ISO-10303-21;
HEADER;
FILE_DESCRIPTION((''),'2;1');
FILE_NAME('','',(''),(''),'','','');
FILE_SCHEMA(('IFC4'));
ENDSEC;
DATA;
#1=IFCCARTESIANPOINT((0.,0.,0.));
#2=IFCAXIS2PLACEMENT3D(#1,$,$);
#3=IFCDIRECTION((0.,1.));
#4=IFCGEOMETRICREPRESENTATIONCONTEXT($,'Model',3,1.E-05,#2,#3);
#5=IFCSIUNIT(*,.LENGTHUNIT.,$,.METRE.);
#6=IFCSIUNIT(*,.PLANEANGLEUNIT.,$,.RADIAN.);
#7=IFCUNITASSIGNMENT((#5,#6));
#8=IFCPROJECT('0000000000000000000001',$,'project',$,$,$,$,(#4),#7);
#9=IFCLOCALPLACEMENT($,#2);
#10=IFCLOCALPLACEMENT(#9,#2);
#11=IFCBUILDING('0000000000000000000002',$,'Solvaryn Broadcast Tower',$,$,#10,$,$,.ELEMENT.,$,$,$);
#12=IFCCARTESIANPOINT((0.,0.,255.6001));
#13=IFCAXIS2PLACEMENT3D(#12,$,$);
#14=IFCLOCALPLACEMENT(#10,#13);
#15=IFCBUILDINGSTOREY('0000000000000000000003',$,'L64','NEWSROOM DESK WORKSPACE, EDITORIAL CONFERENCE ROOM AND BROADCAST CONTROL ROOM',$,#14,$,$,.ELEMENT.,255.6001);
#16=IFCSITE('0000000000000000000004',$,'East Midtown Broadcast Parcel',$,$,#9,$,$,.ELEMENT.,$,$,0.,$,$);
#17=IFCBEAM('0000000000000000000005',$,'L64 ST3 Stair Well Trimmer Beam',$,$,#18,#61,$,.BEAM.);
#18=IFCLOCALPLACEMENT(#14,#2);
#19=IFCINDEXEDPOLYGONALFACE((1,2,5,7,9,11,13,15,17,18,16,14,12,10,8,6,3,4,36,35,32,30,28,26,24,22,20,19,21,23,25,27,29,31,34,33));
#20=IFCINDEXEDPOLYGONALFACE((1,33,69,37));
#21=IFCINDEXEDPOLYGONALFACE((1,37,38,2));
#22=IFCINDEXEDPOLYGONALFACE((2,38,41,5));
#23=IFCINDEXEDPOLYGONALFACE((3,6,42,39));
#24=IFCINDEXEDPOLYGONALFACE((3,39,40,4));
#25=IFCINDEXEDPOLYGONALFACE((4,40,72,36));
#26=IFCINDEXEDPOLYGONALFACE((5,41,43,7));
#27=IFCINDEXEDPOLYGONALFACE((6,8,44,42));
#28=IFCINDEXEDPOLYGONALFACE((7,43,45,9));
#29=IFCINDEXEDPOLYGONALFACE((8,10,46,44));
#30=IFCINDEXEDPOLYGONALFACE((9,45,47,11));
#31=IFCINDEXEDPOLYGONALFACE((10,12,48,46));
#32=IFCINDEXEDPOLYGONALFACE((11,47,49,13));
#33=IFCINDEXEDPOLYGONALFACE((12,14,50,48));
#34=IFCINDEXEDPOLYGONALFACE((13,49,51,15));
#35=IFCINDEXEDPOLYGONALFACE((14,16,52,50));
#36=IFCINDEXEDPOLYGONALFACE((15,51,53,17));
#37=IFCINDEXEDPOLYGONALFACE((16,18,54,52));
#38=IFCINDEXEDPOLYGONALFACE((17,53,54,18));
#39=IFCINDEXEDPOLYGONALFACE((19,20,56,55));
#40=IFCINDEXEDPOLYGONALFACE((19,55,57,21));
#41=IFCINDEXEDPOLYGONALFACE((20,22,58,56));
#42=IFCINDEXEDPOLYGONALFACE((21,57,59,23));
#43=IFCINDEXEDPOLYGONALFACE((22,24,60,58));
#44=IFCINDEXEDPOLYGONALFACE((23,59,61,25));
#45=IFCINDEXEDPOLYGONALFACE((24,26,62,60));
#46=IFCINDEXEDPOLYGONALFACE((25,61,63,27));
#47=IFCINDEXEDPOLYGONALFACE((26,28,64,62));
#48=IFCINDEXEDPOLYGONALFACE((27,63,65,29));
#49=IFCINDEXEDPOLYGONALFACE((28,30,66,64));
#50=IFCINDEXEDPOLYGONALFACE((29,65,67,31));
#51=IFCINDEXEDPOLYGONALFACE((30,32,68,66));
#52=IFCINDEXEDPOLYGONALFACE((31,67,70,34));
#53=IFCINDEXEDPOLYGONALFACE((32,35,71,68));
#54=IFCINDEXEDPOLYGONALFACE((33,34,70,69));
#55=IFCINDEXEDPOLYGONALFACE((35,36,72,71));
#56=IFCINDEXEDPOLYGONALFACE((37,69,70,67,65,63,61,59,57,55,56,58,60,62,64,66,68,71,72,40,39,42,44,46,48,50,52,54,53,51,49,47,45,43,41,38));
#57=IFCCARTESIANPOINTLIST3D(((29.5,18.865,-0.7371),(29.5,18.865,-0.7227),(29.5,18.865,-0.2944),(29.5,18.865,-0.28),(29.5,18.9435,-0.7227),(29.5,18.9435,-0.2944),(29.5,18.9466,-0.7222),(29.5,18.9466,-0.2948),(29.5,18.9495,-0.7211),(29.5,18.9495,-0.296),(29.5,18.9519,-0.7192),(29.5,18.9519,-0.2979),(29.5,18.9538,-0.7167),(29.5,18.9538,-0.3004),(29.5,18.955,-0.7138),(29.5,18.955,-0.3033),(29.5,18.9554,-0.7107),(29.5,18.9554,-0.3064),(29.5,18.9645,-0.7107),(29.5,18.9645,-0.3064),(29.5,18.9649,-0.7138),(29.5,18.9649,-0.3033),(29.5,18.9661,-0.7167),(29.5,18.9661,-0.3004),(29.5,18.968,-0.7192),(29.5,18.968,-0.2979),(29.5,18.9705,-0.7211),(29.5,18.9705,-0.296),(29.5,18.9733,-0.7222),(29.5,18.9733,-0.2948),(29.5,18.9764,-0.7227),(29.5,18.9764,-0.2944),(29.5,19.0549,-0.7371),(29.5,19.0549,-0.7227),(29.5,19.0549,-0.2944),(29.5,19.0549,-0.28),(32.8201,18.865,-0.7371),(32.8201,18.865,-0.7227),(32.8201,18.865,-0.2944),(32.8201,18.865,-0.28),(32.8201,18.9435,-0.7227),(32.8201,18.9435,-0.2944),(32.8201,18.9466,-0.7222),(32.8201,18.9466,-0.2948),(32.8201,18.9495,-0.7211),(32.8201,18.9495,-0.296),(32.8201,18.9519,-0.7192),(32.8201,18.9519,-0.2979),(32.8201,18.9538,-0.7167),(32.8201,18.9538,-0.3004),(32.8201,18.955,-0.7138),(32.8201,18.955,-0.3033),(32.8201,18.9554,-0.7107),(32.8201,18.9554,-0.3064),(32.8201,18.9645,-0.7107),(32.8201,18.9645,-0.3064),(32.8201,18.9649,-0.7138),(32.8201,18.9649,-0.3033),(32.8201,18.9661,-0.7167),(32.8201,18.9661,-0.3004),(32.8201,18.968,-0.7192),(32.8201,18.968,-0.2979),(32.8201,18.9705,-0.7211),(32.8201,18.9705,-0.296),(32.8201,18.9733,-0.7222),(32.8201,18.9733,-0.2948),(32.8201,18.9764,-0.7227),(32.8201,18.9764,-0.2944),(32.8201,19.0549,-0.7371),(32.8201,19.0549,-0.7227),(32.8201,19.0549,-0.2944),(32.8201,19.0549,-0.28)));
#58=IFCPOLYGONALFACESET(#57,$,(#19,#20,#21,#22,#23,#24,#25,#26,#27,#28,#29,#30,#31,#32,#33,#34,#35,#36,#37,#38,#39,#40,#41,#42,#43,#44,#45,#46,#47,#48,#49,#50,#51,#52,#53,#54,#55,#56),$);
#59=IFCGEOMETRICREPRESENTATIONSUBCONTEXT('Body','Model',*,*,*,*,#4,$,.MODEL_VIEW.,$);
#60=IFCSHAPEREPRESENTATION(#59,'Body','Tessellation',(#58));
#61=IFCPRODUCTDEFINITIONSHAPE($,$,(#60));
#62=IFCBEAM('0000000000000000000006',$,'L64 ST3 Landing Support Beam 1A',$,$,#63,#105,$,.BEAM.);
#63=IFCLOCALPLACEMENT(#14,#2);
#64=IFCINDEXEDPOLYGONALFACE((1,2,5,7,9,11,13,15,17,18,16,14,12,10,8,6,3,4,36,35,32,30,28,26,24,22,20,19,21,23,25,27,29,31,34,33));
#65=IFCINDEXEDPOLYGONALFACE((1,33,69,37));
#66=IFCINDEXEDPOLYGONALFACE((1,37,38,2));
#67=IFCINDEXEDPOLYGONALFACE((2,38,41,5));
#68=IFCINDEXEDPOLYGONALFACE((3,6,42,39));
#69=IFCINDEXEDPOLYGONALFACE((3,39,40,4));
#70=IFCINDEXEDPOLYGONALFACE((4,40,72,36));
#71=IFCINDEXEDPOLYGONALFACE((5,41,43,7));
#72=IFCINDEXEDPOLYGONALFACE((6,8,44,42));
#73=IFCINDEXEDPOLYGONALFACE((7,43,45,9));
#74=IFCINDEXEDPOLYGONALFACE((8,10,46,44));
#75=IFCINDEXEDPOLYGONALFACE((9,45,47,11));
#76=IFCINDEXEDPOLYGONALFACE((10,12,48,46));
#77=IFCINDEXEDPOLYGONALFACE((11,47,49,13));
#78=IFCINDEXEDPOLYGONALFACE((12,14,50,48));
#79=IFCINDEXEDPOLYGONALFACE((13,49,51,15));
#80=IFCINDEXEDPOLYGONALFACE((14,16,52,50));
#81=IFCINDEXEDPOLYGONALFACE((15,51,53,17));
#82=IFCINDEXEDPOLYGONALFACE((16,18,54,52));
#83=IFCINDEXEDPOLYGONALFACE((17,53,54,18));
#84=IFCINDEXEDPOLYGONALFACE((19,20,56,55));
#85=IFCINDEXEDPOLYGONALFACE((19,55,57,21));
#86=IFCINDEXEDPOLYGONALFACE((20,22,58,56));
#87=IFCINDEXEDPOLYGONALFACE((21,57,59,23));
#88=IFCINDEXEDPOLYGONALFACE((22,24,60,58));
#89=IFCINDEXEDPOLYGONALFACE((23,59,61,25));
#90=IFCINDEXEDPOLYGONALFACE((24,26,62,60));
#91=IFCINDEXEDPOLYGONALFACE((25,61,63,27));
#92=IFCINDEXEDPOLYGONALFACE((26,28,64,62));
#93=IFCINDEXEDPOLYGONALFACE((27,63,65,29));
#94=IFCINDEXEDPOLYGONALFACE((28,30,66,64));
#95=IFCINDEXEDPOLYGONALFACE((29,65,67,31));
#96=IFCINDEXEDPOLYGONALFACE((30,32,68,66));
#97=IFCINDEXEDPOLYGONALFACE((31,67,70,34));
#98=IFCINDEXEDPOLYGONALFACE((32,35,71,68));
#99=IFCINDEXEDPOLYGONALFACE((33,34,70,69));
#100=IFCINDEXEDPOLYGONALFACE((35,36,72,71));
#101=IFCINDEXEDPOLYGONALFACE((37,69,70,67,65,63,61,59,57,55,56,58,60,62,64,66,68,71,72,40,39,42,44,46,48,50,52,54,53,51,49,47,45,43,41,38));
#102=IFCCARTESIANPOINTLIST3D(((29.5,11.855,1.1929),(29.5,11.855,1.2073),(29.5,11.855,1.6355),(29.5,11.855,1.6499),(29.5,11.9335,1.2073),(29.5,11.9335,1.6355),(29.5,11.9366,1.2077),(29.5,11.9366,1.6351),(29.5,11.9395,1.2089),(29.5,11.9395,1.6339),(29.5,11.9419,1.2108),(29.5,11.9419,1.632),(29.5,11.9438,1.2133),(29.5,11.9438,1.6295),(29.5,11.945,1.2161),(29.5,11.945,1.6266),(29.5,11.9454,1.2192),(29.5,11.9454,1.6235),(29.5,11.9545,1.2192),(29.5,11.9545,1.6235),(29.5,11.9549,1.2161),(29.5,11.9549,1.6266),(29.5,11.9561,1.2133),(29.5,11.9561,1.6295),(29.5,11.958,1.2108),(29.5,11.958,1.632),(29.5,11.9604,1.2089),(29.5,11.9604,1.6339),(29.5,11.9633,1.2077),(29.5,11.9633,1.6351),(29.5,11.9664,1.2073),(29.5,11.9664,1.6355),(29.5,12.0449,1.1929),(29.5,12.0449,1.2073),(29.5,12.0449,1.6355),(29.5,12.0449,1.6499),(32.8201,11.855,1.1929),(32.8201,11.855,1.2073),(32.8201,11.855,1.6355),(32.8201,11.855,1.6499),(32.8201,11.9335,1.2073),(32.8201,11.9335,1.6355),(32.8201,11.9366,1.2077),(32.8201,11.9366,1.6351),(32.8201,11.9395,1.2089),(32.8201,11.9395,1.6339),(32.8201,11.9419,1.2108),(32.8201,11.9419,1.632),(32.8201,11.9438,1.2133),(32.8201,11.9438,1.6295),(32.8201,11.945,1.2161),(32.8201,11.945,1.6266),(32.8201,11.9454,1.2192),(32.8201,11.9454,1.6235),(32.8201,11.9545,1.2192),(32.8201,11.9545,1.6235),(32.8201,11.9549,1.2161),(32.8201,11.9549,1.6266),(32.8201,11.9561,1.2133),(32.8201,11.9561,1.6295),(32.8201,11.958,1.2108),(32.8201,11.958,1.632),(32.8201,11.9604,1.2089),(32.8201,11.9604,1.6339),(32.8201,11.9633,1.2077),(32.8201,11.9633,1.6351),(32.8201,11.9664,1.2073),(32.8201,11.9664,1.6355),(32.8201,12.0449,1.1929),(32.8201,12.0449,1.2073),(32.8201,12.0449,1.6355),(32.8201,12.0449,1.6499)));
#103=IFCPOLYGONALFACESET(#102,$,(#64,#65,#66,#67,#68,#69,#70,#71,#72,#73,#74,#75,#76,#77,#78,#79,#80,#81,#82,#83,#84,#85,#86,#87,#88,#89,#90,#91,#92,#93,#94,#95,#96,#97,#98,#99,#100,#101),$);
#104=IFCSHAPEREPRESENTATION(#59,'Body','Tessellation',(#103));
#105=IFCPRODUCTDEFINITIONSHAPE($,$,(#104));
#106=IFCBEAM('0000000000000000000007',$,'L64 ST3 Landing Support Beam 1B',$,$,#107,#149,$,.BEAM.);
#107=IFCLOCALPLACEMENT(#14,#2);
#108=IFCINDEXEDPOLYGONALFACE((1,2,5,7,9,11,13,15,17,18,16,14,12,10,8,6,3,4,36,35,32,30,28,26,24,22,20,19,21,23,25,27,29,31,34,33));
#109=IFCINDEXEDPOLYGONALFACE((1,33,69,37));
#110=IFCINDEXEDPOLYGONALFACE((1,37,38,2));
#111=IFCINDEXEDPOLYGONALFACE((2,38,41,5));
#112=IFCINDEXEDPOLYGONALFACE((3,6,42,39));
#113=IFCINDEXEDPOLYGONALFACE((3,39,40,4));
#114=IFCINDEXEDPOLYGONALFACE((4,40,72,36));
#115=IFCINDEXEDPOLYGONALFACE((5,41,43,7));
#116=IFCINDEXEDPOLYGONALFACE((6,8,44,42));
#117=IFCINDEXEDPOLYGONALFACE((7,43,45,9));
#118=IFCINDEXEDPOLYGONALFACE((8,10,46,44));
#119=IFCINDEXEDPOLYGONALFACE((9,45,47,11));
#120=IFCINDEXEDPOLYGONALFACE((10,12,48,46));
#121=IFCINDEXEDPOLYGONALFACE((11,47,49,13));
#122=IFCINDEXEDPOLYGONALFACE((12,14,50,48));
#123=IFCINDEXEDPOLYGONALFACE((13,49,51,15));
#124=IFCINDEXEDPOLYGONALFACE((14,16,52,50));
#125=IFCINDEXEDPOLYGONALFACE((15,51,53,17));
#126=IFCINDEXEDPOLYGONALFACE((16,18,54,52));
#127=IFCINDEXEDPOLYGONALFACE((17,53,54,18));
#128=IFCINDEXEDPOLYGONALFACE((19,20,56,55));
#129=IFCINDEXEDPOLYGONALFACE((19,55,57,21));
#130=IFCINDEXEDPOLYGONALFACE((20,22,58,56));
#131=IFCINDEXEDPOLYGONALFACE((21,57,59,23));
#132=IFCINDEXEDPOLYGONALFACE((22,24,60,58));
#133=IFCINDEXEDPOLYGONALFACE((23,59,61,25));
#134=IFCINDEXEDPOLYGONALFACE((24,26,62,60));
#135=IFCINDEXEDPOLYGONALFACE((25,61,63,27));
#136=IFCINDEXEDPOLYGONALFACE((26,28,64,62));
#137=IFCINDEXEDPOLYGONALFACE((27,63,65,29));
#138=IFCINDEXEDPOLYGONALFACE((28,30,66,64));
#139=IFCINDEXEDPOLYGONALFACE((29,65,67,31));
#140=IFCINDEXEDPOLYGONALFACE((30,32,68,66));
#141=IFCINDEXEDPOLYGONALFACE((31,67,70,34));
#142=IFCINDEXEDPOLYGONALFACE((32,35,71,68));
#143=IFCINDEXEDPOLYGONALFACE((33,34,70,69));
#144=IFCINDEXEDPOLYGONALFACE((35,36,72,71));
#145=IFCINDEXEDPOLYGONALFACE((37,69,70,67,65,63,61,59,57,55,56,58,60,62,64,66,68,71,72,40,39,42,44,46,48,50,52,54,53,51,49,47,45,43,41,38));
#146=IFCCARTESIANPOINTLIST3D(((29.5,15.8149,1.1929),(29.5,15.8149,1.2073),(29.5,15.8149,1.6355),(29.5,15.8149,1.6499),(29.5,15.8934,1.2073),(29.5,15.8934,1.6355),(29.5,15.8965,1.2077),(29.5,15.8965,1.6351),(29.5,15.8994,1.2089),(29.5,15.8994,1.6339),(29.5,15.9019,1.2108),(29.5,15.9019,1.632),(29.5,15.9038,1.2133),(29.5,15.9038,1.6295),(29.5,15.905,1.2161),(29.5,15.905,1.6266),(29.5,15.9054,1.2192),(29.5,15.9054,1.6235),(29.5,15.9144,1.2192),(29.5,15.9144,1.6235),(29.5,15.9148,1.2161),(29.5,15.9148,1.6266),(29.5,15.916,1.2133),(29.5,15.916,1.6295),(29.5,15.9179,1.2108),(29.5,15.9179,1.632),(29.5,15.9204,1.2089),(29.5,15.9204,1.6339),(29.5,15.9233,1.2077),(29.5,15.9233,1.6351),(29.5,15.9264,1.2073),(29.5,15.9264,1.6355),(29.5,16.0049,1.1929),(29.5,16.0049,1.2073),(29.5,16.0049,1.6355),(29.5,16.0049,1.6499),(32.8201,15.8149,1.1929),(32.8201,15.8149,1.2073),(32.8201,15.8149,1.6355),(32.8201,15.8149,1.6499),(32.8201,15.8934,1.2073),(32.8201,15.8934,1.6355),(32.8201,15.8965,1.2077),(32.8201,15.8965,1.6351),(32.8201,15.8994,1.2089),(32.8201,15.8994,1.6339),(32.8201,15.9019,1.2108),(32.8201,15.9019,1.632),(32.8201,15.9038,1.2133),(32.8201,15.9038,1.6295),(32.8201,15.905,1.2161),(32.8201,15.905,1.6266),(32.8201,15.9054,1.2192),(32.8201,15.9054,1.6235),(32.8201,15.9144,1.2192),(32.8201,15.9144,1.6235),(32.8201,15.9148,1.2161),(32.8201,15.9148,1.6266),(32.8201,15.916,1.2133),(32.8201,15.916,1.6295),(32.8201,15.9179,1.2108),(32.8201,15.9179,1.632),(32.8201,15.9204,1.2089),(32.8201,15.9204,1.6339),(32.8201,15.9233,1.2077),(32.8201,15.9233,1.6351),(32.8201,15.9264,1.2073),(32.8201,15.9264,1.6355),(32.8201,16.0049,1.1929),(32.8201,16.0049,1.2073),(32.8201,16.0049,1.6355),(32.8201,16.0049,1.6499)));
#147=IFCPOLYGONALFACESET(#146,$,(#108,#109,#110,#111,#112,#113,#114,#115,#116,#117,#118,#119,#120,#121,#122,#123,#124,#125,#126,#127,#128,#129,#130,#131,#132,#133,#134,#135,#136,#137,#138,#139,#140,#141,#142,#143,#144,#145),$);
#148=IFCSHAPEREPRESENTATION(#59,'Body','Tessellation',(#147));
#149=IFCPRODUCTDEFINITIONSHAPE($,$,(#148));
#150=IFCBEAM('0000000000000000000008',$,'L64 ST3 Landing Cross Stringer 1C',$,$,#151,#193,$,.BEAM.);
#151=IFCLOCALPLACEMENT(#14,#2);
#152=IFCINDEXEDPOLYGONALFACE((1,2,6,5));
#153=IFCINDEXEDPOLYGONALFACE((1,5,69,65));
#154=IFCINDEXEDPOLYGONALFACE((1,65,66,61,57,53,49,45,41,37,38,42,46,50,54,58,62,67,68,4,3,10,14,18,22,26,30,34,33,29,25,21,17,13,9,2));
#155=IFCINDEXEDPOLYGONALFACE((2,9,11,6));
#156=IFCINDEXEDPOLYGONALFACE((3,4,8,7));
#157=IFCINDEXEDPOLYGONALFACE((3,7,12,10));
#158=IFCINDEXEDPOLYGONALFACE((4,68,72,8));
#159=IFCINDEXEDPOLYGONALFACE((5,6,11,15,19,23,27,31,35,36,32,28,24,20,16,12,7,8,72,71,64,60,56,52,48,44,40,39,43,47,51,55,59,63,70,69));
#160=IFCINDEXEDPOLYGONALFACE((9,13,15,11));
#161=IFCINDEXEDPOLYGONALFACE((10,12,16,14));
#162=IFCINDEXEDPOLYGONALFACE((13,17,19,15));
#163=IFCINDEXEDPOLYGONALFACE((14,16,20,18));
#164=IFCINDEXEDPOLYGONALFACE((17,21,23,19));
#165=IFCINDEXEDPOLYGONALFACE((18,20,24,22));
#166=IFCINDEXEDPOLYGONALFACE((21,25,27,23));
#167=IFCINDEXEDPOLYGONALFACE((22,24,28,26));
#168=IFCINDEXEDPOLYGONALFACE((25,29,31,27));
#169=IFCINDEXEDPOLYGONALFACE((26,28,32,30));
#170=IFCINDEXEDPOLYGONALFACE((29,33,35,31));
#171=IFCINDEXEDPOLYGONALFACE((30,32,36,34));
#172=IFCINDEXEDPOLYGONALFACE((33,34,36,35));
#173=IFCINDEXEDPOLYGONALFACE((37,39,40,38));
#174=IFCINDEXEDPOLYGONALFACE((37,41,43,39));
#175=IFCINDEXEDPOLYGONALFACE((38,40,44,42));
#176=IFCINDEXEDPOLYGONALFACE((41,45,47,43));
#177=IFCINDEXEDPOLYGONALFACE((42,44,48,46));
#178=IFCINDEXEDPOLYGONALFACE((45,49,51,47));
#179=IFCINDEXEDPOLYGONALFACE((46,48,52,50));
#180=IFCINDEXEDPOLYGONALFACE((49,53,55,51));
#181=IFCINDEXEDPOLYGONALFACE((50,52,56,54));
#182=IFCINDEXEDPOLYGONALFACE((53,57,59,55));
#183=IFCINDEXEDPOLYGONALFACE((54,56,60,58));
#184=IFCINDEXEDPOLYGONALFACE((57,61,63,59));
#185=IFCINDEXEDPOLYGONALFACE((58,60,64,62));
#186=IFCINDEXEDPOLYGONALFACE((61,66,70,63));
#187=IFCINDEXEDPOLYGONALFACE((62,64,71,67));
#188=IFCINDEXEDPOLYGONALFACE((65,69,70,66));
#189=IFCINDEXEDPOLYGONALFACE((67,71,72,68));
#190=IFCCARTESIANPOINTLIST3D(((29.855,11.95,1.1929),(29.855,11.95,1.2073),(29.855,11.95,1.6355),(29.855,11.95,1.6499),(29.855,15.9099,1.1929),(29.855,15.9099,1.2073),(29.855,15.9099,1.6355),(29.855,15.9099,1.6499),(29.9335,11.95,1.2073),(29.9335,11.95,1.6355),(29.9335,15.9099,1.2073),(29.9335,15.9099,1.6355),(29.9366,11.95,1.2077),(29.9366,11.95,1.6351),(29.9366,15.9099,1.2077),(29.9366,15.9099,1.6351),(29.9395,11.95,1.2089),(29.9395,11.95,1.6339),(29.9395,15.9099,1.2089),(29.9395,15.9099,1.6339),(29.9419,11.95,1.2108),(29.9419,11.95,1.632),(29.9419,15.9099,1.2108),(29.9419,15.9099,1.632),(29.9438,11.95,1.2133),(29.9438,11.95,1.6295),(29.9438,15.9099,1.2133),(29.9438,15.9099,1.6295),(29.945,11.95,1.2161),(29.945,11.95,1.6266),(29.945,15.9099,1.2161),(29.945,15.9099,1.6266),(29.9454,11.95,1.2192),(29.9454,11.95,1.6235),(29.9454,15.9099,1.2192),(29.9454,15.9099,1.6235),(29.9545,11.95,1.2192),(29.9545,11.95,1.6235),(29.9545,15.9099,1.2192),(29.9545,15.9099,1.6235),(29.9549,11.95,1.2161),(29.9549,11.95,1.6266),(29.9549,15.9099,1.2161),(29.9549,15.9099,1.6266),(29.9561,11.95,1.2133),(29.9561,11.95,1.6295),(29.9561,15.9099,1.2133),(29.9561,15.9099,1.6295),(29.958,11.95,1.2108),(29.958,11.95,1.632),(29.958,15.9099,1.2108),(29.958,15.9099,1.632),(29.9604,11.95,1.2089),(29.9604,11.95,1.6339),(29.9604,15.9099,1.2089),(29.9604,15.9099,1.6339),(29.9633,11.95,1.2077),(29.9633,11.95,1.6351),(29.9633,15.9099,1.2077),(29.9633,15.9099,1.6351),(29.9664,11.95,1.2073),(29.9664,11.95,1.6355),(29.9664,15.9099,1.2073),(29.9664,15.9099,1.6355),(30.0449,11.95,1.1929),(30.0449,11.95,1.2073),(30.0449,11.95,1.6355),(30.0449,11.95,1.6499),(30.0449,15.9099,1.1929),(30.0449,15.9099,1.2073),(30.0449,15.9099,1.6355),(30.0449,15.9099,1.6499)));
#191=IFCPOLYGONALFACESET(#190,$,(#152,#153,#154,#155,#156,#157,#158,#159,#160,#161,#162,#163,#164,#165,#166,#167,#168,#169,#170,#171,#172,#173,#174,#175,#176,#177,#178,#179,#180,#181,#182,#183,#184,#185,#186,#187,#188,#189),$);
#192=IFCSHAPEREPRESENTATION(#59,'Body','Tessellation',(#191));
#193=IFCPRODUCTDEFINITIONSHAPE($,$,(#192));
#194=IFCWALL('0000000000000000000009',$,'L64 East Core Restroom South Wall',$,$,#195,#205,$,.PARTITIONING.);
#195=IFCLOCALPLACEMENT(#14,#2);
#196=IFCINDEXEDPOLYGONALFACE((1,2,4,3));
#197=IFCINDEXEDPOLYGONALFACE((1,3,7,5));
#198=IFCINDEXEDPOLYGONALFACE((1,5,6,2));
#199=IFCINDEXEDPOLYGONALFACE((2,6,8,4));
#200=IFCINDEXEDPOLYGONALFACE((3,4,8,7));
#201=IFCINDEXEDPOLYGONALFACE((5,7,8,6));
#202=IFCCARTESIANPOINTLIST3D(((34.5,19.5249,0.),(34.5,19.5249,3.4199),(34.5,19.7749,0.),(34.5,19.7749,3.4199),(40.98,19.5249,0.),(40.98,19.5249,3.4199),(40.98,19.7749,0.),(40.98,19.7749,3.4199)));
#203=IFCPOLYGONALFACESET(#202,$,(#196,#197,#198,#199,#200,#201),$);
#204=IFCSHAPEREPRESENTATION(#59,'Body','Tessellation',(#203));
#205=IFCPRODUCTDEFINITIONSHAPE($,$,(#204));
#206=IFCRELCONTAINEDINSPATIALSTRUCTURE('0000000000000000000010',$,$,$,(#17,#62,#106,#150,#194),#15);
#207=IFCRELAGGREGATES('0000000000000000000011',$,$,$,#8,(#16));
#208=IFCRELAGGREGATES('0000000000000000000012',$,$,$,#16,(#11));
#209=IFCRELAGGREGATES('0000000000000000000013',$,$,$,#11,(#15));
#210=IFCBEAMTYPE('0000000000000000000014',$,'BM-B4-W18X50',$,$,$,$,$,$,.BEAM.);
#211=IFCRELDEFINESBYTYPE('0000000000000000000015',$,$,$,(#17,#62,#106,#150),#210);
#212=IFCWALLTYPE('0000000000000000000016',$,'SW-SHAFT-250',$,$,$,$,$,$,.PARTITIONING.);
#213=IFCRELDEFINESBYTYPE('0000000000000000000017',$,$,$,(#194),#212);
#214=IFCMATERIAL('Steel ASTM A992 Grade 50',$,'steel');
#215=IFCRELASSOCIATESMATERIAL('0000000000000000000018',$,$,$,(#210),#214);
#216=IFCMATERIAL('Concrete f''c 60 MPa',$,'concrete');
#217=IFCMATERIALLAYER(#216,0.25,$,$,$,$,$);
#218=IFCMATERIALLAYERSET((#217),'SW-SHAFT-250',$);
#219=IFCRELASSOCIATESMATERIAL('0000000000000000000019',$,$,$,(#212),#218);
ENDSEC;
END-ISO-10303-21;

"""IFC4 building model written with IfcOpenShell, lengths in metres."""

from ifc_helpers import new_model, si_unit, direction, frame, frame_2d, origin, origin_2d, place, context, subcontext, project, spatial, rectangle, i_section, extrude, material, layer, layer_set, material_profile, profile_set, type_object, element, save


model = new_model("IFC4")

# Units and contexts
model_context = context("Model", 3, precision=1e-05, world=origin(), true_north=direction((0.0, 1.0)))
body_context = subcontext(model_context, "Body", "Model", "MODEL_VIEW")
ifc_project = project(units=[si_unit("LENGTHUNIT", "METRE"), si_unit("PLANEANGLEUNIT", "RADIAN")], contexts=[model_context])

# Site, building, storey
site_placement = place(None, origin())
site = spatial("IfcSite", under=ifc_project, at=site_placement, Name="East Midtown Broadcast Parcel", CompositionType="ELEMENT", RefElevation=0.0)
building_placement = place(site_placement, origin())
building = spatial("IfcBuilding", under=site, at=building_placement, Name="Solvaryn Broadcast Tower", CompositionType="ELEMENT")
storey_placement = place(building_placement, frame((0.0, 0.0, 255.6001)))
storey = spatial("IfcBuildingStorey", under=building, at=storey_placement, Name="L64", Description="NEWSROOM DESK WORKSPACE, EDITORIAL CONFERENCE ROOM AND BROADCAST CONTROL ROOM", CompositionType="ELEMENT", Elevation=255.6001)

# Beams
ifc_material_1 = material(Name="Steel ASTM A992 Grade 50", Category="steel")
ifc_material_profile_1 = material_profile(ifc_material_1, i_section(OverallWidth=0.1899, OverallDepth=0.457, WebThickness=0.009, FlangeThickness=0.0144, FilletRadius=0.012, at=origin_2d()))
ifc_profile_set_1 = profile_set([ifc_material_profile_1], Name="Steel ASTM A992 Grade 50")
beam_type_1 = type_object("IfcBeamType", Name="BM-B4-W18X50", PredefinedType="BEAM", material=ifc_profile_set_1)
for number, where, z_axis, x_axis, name in (
    (1, (29.5, 18.96, -0.5085), (1.0, 0.0, 0.0), (0.0, 1.0, 0.0), "L64 ST3 Stair Well Trimmer Beam"),
    (2, (29.5, 11.95, 1.4214), (1.0, 0.0, 0.0), (0.0, 1.0, 0.0), "L64 ST3 Landing Support Beam 1A"),
    (3, (29.5, 15.9099, 1.4214), (1.0, 0.0, 0.0), (0.0, 1.0, 0.0), "L64 ST3 Landing Support Beam 1B"),
):
    element("IfcBeam", number, at=place(storey_placement, frame(where, z_axis=z_axis, x_axis=x_axis)), inside=storey, type_object=beam_type_1, Name=name, PredefinedType="BEAM", context=body_context, shape_type="SweptSolid", body=[
        extrude(i_section(OverallWidth=0.1899, OverallDepth=0.457, WebThickness=0.009, FlangeThickness=0.0144, FilletRadius=0.012, at=origin_2d()), origin(), (0.0, 0.0, 1.0), 3.3201),
    ])
beam_1_placement = place(storey_placement, frame((29.95, 11.95, 1.4214), z_axis=(0.0, 1.0, 0.0), x_axis=(-1.0, 0.0, 0.0)))
element("IfcBeam", 4, at=beam_1_placement, inside=storey, type_object=beam_type_1, Name="L64 ST3 Landing Cross Stringer 1C", PredefinedType="BEAM", context=body_context, shape_type="SweptSolid", body=[
    extrude(i_section(OverallWidth=0.1899, OverallDepth=0.457, WebThickness=0.009, FlangeThickness=0.0144, FilletRadius=0.012, at=origin_2d()), origin(), (0.0, 0.0, 1.0), 3.96),
])

# Wall
ifc_material_2 = material(Name="Concrete f'c 60 MPa", Category="concrete")
ifc_layer_1 = layer(ifc_material_2, 0.25)
ifc_layer_set_1 = layer_set([ifc_layer_1], Name="SW-SHAFT-250")
wall_type_1 = type_object("IfcWallType", Name="SW-SHAFT-250", PredefinedType="PARTITIONING", material=ifc_layer_set_1)
wall_1_placement = place(storey_placement, frame((34.5, 19.6499, 0.0), z_axis=(0.0, 0.0, 1.0), x_axis=(1.0, 0.0, 0.0)))
element("IfcWall", 5, at=wall_1_placement, inside=storey, type_object=wall_type_1, Name="L64 East Core Restroom South Wall", PredefinedType="PARTITIONING", context=body_context, shape_type="SweptSolid", body=[
    extrude(rectangle(XDim=6.48, YDim=0.25, at=frame_2d((3.24, 0.0))), origin(), (0.0, 0.0, 1.0), 3.4199),
])

save(model, "model.ifc")
